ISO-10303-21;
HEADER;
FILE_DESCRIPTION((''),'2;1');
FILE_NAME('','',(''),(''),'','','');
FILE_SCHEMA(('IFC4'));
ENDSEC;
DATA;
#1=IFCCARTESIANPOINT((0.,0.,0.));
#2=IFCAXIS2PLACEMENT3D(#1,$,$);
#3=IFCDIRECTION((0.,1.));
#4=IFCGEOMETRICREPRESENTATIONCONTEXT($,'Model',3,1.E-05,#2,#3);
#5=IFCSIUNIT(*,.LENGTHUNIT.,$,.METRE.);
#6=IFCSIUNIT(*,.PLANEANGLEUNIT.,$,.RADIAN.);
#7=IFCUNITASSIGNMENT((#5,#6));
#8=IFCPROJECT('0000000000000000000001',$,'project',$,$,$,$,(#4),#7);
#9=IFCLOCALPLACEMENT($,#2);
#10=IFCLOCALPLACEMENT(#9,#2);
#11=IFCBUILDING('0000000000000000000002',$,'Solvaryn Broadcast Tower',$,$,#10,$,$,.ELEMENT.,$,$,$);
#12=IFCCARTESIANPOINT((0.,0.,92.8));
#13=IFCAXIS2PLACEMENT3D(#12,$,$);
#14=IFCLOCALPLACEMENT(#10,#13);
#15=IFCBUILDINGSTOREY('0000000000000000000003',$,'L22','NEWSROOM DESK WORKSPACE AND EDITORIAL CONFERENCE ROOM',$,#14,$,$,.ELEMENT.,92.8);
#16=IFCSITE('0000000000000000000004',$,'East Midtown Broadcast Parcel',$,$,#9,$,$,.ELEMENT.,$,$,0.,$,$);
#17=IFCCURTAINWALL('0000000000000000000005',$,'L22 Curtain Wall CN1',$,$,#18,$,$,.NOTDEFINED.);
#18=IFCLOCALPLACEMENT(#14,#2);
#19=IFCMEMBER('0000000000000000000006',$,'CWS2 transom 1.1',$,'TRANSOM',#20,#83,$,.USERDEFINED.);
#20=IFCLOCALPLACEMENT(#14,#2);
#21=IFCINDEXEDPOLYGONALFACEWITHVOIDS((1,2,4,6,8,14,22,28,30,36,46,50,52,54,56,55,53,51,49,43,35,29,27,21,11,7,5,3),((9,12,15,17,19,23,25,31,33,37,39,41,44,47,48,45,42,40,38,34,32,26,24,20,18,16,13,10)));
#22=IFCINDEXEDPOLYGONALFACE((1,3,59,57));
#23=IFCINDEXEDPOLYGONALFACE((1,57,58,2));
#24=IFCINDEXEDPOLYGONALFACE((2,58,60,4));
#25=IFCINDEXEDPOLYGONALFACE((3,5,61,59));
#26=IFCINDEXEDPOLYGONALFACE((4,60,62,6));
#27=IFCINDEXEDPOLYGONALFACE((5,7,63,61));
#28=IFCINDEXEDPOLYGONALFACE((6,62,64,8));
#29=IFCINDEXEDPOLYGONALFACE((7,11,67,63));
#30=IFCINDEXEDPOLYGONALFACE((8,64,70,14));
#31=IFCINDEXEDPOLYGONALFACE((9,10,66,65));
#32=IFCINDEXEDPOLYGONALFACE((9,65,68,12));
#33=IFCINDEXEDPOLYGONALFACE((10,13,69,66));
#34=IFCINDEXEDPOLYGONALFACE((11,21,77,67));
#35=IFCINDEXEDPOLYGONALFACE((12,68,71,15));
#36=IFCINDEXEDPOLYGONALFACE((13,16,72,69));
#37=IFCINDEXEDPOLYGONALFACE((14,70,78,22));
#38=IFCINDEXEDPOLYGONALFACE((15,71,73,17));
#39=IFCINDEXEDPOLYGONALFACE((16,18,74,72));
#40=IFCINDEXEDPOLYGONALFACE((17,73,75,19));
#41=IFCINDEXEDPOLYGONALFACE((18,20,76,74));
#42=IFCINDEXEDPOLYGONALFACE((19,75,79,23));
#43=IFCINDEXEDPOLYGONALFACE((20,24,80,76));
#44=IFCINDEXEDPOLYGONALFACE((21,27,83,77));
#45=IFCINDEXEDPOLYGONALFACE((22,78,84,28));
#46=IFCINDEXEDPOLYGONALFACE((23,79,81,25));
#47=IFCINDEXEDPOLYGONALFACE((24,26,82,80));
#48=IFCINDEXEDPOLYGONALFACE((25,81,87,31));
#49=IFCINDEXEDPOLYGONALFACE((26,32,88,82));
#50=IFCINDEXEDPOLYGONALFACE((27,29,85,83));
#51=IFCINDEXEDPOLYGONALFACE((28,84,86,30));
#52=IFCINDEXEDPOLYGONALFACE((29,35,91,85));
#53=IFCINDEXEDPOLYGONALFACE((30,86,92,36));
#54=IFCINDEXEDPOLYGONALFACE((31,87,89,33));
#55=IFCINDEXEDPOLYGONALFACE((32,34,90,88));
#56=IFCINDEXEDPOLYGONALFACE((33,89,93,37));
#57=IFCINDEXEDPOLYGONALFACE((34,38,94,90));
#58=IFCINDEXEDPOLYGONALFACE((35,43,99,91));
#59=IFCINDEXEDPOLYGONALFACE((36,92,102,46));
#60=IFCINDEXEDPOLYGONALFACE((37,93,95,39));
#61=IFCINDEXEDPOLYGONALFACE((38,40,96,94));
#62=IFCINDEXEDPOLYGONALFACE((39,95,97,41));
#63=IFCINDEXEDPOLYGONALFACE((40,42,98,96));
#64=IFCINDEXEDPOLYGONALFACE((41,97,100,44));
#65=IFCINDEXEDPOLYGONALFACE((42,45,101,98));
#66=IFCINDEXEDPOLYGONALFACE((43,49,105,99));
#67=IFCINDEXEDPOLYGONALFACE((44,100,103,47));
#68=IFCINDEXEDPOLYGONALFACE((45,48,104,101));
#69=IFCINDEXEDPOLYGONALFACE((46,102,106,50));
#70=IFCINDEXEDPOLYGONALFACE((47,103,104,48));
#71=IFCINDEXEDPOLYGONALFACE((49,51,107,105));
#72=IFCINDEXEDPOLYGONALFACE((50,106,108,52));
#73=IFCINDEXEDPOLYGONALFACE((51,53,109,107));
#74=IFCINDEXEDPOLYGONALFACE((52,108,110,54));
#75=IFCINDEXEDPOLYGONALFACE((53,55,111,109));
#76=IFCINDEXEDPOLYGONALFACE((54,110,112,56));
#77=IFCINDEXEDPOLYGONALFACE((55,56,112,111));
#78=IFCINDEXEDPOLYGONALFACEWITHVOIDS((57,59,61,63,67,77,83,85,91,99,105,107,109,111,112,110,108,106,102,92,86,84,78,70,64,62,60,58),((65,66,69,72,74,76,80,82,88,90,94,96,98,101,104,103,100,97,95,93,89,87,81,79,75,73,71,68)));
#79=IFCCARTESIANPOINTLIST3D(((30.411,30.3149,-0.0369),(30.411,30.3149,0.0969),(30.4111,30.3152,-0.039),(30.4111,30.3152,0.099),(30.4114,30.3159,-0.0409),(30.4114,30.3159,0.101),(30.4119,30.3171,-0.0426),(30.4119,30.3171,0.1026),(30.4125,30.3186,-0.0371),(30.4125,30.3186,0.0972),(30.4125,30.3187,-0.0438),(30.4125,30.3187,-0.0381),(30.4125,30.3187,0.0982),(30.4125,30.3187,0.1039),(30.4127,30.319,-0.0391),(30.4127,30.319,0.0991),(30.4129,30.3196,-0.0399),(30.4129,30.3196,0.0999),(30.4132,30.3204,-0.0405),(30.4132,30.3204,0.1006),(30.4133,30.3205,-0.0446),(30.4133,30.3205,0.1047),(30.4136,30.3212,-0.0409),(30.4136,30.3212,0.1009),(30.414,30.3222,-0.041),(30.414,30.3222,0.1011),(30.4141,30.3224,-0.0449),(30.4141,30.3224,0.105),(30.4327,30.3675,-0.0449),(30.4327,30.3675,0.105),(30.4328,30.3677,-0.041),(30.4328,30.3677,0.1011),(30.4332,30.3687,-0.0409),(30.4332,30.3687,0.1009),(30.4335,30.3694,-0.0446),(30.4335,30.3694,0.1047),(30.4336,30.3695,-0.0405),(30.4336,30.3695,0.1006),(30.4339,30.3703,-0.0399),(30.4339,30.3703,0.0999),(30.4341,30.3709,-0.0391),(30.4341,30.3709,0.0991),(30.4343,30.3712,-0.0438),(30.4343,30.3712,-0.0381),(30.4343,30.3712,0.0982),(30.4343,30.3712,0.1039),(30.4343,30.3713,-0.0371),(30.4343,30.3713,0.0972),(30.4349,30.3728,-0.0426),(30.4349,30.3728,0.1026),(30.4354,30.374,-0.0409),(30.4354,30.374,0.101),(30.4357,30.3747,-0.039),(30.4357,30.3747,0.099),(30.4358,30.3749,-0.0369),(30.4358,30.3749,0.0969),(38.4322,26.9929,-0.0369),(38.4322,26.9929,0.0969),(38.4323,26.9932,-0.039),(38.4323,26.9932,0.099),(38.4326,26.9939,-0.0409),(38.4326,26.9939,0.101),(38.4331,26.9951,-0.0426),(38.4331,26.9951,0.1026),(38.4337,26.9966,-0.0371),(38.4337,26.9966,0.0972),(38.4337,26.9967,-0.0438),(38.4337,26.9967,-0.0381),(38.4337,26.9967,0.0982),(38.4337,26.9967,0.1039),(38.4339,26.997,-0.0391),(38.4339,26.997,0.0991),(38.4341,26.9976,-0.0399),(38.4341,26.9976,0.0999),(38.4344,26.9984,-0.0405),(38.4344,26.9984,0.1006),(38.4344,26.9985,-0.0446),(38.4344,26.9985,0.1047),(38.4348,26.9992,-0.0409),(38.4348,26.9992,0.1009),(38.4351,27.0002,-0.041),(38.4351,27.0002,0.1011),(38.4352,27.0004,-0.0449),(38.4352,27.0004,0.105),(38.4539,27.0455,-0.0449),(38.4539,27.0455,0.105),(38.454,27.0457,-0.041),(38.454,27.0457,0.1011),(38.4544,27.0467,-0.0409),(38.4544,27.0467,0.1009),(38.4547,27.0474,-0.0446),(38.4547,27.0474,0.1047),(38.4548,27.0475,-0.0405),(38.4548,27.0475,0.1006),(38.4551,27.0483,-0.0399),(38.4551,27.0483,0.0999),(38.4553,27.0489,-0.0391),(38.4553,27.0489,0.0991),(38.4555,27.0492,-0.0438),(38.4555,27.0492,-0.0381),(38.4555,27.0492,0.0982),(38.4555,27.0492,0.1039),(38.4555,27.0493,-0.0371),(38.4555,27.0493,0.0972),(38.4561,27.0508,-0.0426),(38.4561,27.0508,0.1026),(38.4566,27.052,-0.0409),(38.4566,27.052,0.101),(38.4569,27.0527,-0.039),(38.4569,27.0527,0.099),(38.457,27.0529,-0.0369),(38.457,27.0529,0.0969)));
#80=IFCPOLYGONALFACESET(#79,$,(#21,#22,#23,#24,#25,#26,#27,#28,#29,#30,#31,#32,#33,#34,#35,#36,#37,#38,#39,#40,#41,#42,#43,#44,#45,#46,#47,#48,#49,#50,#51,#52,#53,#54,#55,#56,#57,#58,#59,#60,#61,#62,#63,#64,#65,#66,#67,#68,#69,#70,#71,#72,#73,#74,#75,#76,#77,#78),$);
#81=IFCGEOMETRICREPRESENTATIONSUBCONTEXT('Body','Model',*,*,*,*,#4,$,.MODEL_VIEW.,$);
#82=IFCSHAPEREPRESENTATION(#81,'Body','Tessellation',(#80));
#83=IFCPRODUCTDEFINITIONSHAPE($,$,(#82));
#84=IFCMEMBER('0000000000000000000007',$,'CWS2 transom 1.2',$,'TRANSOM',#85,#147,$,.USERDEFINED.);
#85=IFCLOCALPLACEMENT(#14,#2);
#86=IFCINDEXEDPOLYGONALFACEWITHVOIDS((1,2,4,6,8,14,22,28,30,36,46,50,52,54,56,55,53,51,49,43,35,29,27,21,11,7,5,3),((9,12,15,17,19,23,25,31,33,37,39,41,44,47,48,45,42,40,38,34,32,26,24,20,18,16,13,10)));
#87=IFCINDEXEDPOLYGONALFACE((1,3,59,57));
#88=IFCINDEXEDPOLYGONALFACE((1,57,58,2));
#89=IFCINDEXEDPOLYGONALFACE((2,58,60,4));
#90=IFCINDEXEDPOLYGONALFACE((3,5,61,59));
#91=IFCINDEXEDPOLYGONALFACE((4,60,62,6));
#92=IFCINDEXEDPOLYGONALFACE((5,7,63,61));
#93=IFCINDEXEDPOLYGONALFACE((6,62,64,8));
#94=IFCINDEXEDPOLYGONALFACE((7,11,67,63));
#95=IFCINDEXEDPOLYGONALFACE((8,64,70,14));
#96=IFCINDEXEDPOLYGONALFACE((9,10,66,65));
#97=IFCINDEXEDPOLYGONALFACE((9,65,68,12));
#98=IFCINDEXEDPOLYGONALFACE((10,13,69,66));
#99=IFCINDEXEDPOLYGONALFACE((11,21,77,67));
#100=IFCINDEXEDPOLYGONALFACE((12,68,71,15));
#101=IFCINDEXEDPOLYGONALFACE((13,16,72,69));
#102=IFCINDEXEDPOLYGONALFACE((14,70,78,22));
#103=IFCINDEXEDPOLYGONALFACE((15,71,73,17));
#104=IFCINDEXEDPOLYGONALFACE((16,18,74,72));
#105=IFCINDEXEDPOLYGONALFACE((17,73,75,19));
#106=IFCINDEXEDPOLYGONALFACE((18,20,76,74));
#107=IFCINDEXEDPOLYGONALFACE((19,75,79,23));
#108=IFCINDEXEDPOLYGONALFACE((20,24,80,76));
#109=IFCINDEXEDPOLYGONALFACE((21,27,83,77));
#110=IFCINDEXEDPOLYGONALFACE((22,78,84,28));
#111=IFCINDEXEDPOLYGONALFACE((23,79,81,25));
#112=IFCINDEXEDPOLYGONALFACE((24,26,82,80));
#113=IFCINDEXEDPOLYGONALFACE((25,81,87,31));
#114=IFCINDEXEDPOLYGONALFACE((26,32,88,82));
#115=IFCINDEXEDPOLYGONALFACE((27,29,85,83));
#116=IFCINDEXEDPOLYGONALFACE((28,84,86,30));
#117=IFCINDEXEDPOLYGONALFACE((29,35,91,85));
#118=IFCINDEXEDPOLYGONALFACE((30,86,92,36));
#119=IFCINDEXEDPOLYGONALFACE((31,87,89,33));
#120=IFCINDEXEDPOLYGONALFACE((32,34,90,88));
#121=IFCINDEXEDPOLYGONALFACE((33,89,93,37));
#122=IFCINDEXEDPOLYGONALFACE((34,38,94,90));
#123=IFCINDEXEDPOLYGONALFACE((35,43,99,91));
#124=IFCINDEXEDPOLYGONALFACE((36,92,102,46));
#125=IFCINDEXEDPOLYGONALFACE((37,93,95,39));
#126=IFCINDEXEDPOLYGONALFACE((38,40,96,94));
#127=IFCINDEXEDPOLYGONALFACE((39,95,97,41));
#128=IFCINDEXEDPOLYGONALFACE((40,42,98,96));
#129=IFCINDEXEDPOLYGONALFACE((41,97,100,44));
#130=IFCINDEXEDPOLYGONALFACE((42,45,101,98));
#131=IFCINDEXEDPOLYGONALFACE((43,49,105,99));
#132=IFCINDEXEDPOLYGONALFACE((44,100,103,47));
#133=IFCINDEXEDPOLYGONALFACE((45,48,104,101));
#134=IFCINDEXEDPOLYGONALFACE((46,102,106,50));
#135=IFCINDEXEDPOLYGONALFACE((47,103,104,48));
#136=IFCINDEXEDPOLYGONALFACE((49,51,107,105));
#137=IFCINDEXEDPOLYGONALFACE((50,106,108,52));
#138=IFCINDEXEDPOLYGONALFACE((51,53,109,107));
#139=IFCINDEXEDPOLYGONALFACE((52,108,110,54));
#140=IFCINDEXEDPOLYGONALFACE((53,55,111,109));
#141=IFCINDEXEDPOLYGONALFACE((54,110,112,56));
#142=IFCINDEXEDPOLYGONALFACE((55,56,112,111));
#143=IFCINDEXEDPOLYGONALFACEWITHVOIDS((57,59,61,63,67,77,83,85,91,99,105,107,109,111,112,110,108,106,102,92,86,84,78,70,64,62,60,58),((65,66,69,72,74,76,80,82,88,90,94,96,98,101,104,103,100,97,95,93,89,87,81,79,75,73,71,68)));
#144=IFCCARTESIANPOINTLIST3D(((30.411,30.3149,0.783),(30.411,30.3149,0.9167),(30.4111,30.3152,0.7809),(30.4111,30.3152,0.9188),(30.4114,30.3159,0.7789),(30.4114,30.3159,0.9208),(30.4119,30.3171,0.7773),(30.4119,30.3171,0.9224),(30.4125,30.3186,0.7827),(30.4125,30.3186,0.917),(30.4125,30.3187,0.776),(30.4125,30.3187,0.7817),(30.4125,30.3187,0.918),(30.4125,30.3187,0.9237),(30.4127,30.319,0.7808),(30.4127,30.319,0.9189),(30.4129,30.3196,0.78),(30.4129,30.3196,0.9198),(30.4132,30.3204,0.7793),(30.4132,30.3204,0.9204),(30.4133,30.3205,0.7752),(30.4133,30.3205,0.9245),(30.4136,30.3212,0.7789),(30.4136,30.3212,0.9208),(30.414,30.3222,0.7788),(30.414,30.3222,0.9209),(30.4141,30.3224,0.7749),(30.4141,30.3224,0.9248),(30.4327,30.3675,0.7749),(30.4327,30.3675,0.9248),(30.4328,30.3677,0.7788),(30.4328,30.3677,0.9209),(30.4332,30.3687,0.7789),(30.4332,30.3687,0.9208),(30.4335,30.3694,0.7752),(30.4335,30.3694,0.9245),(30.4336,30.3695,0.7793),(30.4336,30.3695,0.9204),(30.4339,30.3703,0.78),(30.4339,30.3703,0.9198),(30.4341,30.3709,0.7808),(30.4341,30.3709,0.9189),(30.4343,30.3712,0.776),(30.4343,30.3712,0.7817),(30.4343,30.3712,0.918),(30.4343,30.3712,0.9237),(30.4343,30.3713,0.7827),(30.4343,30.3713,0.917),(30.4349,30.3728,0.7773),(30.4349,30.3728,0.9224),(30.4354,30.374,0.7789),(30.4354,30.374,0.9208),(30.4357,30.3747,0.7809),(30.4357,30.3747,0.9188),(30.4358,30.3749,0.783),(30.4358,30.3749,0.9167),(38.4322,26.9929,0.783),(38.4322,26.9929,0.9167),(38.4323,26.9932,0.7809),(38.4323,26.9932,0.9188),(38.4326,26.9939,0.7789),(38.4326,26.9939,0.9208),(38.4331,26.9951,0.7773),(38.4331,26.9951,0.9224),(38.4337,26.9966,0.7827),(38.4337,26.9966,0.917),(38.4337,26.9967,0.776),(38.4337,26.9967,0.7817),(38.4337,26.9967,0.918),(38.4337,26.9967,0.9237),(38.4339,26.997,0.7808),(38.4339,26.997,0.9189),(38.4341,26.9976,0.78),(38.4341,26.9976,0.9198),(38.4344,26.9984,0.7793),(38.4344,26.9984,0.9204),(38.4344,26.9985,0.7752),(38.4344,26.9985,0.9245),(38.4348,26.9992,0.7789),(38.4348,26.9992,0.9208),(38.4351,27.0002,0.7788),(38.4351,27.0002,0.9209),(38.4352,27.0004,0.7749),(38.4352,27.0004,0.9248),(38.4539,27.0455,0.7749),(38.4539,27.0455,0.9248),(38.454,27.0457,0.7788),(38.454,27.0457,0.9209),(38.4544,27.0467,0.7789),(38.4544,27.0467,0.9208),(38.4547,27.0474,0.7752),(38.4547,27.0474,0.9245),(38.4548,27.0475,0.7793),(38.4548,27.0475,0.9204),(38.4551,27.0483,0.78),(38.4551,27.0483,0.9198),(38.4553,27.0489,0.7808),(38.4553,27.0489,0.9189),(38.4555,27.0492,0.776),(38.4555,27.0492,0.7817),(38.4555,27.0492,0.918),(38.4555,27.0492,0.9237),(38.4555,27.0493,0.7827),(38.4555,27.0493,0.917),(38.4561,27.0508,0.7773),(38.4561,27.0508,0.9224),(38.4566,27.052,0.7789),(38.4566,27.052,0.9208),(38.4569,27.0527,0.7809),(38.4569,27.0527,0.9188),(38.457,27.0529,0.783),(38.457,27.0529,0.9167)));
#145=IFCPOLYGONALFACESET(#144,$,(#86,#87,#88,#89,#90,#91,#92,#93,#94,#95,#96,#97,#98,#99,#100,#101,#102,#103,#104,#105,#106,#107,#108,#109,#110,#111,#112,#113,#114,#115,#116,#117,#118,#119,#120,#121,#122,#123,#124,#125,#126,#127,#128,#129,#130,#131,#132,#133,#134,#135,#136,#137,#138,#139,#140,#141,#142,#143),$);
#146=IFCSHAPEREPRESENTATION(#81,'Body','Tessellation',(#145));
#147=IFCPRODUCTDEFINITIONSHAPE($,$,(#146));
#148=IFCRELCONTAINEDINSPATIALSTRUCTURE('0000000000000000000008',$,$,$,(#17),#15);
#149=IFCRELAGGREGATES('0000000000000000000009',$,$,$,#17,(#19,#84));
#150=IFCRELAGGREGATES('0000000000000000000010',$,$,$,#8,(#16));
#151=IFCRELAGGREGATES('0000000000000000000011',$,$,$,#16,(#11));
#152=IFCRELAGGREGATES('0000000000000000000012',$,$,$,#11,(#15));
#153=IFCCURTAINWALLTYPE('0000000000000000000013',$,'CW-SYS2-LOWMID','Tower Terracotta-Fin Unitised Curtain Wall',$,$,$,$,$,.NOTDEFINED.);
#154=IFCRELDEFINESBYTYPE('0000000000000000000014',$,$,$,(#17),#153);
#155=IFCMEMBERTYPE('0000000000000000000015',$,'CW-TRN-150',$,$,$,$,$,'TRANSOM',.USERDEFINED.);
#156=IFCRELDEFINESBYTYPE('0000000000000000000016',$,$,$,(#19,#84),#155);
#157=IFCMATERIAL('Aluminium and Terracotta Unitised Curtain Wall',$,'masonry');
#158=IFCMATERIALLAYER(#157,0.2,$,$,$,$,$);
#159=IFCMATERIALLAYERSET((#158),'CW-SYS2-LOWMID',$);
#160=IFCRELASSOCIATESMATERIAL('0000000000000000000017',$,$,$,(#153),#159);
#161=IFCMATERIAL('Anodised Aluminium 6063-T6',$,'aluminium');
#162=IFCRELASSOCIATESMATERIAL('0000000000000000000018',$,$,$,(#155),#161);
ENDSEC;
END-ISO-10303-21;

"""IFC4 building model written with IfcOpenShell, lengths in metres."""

from ifc_helpers import new_model, si_unit, direction, frame, origin, origin_2d, place, context, subcontext, project, spatial, hollow_rectangle, extrude, material, layer, layer_set, material_profile, profile_set, type_object, element, aggregate, save


model = new_model("IFC4")

# Units and contexts
model_context = context("Model", 3, precision=1e-05, world=origin(), true_north=direction((0.0, 1.0)))
body_context = subcontext(model_context, "Body", "Model", "MODEL_VIEW")
ifc_project = project(units=[si_unit("LENGTHUNIT", "METRE"), si_unit("PLANEANGLEUNIT", "RADIAN")], contexts=[model_context])

# Site, building, storey
site_placement = place(None, origin())
site = spatial("IfcSite", under=ifc_project, at=site_placement, Name="East Midtown Broadcast Parcel", CompositionType="ELEMENT", RefElevation=0.0)
building_placement = place(site_placement, origin())
building = spatial("IfcBuilding", under=site, at=building_placement, Name="Solvaryn Broadcast Tower", CompositionType="ELEMENT")
storey_placement = place(building_placement, frame((0.0, 0.0, 92.8)))
storey = spatial("IfcBuildingStorey", under=building, at=storey_placement, Name="L22", Description="NEWSROOM DESK WORKSPACE AND EDITORIAL CONFERENCE ROOM", CompositionType="ELEMENT", Elevation=92.8)

# Curtain wall
ifc_material_1 = material(Name="Aluminium and Terracotta Unitised Curtain Wall", Category="masonry")
ifc_layer_1 = layer(ifc_material_1, 0.2)
ifc_layer_set_1 = layer_set([ifc_layer_1], Name="CW-SYS2-LOWMID")
curtain_wall_type = type_object("IfcCurtainWallType", Name="CW-SYS2-LOWMID", Description="Tower Terracotta-Fin Unitised Curtain Wall", PredefinedType="NOTDEFINED", material=ifc_layer_set_1)
curtain_wall_1_placement = place(storey_placement, origin())
curtain_wall_1 = element("IfcCurtainWall", 1, at=curtain_wall_1_placement, inside=storey, type_object=curtain_wall_type, Name="L22 Curtain Wall CN1", PredefinedType="NOTDEFINED")

# Members
ifc_material_2 = material(Name="Anodised Aluminium 6063-T6", Category="aluminium")
ifc_material_profile_1 = material_profile(ifc_material_2, hollow_rectangle(XDim=0.0649, YDim=0.1499, WallThickness=0.0039, InnerFilletRadius=0.0039, OuterFilletRadius=0.0081, at=origin_2d()))
ifc_profile_set_1 = profile_set([ifc_material_profile_1], Name="Anodised Aluminium 6063-T6")
member_type_1 = type_object("IfcMemberType", Name="CW-TRN-150", ElementType="TRANSOM", PredefinedType="USERDEFINED", material=ifc_profile_set_1)
member_1_placement = place(storey_placement, frame((38.4446, 27.0229, 0.03), z_axis=(-0.923899, 0.382636, 0.0), x_axis=(-0.382636, -0.923899, 0.0)))
member_1 = element("IfcMember", 2, at=member_1_placement, type_object=member_type_1, Name="CWS2 transom 1.1", ObjectType="TRANSOM", PredefinedType="USERDEFINED", context=body_context, shape_type="SweptSolid", body=[
    extrude(hollow_rectangle(XDim=0.0649, YDim=0.1499, WallThickness=0.0039, InnerFilletRadius=0.0039, OuterFilletRadius=0.0081, at=origin_2d()), origin(), (0.0, 0.0, 1.0), 8.6819),
])
member_2_placement = place(storey_placement, frame((38.4446, 27.0229, 0.8499), z_axis=(-0.923899, 0.382636, 0.0), x_axis=(-0.382636, -0.923899, 0.0)))
member_2 = element("IfcMember", 3, at=member_2_placement, type_object=member_type_1, Name="CWS2 transom 1.2", ObjectType="TRANSOM", PredefinedType="USERDEFINED", context=body_context, shape_type="SweptSolid", body=[
    extrude(hollow_rectangle(XDim=0.0649, YDim=0.1499, WallThickness=0.0039, InnerFilletRadius=0.0039, OuterFilletRadius=0.0081, at=origin_2d()), origin(), (0.0, 0.0, 1.0), 8.6819),
])
aggregate(curtain_wall_1, [member_1, member_2])

save(model, "model.ifc")
